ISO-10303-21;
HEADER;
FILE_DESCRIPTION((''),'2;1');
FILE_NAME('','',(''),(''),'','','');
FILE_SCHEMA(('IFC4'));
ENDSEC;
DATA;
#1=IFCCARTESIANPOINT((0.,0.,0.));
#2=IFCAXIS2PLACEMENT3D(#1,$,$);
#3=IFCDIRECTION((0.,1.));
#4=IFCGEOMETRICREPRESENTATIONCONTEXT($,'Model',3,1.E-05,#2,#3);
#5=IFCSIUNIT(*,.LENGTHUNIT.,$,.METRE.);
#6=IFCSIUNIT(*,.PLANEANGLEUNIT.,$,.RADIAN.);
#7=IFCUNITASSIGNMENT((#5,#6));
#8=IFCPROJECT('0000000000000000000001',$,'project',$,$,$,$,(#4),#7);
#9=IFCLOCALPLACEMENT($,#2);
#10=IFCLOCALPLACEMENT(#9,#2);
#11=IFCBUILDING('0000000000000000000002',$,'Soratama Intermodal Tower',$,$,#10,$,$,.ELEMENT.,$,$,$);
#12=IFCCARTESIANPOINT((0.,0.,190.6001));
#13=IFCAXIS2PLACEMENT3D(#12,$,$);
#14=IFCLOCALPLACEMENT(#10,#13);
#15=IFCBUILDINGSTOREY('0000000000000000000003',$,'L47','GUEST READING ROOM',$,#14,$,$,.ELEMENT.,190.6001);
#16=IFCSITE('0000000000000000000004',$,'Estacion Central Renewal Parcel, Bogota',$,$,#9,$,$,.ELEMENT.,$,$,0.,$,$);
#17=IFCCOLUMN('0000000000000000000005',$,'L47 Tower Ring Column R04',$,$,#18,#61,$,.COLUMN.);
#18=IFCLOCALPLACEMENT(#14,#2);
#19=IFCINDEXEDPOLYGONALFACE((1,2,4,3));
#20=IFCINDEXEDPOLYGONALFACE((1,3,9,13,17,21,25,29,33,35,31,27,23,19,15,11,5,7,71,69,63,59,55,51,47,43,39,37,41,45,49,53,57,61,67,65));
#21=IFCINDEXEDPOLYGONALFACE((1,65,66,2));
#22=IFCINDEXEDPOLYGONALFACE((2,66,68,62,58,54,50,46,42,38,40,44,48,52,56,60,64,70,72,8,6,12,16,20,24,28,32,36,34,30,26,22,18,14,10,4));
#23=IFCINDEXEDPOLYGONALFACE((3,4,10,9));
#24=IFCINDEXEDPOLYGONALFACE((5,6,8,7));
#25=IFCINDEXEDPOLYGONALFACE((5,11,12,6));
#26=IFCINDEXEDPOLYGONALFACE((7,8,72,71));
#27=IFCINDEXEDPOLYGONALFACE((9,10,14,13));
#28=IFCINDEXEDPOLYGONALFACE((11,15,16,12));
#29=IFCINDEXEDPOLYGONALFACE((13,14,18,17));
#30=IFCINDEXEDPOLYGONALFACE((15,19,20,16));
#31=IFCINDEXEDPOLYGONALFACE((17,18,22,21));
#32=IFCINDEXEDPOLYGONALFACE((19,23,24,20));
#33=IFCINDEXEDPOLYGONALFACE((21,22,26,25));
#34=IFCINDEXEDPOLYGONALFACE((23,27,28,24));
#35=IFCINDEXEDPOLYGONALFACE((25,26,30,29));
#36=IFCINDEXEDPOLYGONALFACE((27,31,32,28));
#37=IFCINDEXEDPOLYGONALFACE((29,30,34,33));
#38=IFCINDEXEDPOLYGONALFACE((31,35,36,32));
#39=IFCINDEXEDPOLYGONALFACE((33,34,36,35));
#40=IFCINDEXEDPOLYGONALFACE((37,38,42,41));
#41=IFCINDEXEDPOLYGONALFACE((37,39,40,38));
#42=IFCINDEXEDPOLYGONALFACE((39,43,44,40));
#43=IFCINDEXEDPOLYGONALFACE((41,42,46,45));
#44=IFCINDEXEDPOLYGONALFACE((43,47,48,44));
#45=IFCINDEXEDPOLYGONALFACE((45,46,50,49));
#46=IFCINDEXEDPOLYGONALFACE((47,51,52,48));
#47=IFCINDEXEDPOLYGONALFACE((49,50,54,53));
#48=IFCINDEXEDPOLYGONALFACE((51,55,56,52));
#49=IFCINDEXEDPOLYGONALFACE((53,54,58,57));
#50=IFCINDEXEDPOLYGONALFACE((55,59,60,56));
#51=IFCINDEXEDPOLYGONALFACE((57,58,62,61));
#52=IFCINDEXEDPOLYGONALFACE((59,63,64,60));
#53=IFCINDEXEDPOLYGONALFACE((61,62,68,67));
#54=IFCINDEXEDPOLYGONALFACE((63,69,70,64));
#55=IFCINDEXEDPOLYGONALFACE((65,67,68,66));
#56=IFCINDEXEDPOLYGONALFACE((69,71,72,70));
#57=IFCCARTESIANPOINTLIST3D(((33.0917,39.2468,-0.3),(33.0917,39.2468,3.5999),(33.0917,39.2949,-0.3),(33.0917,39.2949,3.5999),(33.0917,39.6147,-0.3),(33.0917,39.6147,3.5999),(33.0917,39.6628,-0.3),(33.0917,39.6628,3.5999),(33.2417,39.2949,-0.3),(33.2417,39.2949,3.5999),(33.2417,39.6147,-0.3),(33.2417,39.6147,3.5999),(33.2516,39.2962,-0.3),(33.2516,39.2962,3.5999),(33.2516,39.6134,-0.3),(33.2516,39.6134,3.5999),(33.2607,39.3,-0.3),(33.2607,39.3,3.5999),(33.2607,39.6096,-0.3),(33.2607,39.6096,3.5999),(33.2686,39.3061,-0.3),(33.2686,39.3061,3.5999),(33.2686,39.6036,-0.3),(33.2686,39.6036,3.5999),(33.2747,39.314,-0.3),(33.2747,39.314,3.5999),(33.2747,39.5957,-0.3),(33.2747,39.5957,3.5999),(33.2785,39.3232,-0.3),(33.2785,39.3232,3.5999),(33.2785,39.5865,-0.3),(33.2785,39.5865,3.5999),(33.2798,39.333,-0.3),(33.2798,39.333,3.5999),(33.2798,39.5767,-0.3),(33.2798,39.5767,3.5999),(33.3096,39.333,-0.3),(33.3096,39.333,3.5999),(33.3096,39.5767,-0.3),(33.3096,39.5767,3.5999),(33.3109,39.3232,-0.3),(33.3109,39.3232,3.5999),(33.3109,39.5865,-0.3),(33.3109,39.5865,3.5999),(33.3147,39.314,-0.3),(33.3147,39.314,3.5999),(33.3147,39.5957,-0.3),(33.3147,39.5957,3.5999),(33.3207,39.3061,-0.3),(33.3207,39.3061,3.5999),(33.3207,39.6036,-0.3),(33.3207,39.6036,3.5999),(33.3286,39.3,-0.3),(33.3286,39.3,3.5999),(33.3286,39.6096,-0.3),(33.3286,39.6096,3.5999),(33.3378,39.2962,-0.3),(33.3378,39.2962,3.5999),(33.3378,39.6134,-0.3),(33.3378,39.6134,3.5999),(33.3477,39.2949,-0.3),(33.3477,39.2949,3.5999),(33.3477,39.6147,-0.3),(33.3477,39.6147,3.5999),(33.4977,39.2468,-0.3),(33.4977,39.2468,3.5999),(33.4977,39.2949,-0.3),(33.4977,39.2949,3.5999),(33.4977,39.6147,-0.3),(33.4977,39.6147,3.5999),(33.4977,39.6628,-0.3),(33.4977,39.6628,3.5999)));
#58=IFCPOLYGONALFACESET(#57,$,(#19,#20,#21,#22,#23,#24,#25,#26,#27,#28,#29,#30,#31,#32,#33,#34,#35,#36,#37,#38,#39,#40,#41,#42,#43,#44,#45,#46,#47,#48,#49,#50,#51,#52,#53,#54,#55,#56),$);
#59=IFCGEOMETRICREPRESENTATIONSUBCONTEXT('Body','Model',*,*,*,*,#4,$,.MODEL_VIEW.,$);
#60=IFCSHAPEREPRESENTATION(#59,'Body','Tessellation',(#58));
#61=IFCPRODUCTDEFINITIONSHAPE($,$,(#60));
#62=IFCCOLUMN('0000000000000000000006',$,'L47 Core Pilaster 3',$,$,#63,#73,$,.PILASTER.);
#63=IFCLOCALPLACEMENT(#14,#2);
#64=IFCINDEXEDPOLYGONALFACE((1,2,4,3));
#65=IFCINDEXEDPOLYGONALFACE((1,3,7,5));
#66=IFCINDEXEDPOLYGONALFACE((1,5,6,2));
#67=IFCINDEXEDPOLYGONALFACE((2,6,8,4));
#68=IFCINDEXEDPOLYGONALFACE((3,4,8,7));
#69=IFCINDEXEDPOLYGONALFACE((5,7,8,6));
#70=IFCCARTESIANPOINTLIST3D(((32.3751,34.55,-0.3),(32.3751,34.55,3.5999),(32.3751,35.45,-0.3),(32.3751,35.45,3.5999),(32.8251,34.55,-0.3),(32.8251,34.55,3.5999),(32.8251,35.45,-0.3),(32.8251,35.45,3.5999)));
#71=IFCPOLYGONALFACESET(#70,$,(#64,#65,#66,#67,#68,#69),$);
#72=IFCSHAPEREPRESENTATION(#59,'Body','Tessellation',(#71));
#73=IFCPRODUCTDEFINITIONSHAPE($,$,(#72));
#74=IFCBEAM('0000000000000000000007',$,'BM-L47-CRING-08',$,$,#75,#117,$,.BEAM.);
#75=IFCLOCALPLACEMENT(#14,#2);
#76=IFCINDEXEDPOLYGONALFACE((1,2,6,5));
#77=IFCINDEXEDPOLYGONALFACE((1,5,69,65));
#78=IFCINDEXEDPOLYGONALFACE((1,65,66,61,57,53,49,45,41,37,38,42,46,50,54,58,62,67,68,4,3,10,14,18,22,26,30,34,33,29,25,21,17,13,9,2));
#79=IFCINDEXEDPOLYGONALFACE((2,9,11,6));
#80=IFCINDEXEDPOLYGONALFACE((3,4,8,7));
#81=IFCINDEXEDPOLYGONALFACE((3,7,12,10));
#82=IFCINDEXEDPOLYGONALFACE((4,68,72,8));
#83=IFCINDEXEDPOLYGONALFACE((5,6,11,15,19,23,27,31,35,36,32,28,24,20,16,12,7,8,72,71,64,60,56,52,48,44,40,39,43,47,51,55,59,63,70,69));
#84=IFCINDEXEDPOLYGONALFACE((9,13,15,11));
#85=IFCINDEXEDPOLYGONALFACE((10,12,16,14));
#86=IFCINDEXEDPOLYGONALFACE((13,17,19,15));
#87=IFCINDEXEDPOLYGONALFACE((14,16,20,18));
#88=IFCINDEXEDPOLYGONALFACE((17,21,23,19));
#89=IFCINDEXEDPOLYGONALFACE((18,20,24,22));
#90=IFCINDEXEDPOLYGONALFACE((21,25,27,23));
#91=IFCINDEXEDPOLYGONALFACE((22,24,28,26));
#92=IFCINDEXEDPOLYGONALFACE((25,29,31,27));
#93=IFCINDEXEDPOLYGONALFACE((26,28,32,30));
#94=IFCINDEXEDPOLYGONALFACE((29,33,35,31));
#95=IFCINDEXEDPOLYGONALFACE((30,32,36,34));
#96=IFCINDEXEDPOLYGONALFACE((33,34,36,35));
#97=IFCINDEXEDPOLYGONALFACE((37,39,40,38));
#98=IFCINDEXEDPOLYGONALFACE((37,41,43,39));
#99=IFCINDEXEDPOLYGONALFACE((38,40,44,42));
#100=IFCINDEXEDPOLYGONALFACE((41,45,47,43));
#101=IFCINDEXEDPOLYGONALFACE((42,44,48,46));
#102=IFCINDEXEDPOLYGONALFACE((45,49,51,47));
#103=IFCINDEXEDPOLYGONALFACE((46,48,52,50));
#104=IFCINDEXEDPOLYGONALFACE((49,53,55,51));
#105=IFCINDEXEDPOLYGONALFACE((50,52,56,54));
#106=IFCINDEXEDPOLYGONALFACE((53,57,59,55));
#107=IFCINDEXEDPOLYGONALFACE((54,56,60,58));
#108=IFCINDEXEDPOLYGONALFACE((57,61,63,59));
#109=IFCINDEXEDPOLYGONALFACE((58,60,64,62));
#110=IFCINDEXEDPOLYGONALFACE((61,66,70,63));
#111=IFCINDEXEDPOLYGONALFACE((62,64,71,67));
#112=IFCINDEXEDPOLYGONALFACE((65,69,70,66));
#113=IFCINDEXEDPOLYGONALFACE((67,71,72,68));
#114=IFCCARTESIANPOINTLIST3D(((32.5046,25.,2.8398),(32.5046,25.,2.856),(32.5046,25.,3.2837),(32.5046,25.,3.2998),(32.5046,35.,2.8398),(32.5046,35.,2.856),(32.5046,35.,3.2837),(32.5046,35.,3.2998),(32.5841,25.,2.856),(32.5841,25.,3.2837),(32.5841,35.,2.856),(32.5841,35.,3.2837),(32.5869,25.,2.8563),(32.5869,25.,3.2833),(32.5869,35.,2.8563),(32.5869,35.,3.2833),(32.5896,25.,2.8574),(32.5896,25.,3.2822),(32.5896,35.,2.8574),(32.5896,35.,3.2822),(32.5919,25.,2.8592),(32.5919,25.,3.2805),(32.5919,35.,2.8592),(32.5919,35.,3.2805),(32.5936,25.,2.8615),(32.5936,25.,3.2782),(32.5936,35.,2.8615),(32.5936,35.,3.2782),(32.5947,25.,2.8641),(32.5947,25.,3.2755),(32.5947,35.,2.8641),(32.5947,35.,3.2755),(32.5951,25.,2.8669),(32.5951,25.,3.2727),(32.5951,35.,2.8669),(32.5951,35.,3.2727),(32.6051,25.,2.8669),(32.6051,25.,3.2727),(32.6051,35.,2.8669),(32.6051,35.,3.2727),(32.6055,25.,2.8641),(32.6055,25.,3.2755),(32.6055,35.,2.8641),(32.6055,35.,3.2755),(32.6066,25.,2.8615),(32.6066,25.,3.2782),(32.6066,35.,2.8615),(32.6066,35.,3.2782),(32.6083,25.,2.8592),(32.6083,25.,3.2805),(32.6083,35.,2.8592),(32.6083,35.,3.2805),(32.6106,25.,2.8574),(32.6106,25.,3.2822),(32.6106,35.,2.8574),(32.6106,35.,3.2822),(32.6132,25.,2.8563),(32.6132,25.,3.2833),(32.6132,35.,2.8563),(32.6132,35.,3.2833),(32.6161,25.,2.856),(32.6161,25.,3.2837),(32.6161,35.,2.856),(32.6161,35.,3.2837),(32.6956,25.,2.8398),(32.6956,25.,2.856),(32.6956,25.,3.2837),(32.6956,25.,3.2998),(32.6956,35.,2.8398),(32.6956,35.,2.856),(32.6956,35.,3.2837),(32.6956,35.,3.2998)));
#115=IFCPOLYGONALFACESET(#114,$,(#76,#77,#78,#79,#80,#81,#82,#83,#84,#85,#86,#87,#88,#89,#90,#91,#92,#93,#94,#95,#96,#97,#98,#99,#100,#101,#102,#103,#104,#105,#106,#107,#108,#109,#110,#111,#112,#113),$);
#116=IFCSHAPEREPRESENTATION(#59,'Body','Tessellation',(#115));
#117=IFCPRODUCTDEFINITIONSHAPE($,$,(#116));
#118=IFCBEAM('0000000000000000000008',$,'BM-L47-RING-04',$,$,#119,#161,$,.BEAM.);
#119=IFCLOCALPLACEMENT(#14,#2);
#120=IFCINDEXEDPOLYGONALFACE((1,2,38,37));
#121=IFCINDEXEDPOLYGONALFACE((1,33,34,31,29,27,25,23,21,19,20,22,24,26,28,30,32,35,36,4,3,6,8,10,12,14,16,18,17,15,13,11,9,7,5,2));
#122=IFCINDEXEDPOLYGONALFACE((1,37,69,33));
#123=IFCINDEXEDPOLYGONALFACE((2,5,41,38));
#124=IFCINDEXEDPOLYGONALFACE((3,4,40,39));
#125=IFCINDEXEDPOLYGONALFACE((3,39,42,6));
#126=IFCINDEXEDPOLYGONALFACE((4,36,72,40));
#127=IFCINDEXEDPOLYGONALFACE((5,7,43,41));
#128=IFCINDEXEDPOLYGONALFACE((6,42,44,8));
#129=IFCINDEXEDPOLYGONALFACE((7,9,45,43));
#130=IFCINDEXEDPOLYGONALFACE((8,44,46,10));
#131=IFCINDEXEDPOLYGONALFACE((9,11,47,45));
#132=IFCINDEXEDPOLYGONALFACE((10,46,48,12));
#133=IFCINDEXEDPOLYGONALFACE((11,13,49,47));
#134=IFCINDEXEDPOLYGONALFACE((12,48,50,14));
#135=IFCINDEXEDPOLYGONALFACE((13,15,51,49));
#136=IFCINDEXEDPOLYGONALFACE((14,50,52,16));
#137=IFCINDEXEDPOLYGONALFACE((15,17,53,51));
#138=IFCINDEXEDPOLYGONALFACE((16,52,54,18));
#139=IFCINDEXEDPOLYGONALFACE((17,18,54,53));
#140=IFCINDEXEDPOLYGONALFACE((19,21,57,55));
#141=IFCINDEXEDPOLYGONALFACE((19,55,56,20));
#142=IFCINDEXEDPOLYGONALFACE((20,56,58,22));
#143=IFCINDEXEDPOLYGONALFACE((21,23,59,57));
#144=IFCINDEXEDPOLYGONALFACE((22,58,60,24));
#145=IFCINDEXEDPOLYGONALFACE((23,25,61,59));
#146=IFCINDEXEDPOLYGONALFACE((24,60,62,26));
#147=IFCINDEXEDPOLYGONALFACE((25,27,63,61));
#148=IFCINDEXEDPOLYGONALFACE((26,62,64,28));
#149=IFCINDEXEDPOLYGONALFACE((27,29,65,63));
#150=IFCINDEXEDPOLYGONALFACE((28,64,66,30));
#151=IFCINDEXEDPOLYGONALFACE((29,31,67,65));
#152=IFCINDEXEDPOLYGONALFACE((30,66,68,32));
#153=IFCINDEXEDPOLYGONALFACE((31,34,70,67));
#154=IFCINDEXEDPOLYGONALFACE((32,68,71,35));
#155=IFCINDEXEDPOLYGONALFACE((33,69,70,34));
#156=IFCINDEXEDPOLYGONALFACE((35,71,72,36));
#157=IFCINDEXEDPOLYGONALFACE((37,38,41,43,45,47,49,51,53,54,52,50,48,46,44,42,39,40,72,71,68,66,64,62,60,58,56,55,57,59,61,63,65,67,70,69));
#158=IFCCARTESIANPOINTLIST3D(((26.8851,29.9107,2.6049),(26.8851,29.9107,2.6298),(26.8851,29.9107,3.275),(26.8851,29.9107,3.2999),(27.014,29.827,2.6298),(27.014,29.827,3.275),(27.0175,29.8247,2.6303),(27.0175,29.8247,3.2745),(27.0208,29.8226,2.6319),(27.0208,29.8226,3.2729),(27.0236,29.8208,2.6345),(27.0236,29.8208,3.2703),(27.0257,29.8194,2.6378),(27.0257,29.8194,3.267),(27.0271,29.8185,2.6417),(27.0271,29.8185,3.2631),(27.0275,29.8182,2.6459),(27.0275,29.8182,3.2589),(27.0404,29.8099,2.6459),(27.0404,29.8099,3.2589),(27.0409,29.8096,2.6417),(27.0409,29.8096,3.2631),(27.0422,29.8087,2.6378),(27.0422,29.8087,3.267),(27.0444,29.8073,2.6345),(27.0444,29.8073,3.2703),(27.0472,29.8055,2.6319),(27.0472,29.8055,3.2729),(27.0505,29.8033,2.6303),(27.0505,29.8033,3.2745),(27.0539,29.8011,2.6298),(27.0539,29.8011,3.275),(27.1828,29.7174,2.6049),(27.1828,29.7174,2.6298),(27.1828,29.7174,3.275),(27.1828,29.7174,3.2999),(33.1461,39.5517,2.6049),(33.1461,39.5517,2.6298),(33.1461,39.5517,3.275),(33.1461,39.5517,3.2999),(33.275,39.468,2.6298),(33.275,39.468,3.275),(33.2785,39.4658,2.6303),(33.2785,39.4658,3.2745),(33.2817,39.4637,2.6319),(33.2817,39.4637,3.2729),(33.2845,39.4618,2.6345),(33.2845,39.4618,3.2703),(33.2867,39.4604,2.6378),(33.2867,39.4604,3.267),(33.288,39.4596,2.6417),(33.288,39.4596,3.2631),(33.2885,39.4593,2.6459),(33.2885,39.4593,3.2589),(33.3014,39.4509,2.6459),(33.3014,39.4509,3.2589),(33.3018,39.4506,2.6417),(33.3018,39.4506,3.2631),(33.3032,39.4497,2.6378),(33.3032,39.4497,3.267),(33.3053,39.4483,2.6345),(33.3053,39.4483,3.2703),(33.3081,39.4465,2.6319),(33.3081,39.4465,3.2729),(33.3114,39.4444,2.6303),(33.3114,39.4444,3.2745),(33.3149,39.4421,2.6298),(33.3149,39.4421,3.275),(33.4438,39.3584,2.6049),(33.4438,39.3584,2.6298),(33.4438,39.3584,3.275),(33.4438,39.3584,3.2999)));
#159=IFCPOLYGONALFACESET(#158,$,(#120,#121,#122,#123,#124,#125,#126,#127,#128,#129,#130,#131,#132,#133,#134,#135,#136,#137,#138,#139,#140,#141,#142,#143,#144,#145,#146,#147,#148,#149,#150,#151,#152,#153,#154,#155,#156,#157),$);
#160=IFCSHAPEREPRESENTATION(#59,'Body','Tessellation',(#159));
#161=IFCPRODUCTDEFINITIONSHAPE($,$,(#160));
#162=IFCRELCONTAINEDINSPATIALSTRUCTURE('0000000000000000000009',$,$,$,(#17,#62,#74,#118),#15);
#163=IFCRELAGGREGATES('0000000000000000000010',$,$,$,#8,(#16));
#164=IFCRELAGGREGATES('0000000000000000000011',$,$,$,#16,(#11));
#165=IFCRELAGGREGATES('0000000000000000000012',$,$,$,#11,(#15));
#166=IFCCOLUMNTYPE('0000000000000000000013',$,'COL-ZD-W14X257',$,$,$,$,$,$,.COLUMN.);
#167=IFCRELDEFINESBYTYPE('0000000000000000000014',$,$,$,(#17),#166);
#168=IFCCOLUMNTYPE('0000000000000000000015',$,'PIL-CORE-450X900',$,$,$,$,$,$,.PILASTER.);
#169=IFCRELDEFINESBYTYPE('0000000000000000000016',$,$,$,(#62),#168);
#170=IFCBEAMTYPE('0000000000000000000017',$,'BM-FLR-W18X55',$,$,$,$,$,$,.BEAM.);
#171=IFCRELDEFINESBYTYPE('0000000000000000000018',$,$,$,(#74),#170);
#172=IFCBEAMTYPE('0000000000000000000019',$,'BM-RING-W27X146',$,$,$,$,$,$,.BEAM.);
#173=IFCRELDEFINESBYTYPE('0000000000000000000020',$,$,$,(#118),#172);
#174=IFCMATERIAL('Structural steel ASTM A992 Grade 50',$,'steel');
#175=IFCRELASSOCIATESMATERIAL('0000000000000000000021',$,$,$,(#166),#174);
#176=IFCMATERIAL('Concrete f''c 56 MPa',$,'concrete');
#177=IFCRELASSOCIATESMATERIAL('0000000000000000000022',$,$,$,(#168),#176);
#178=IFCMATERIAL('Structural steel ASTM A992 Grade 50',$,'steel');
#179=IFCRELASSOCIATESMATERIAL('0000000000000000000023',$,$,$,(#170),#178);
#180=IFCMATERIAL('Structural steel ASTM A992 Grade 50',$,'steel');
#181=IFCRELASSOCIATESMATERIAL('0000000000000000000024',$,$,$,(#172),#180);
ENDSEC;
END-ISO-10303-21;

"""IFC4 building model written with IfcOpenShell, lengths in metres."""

from ifc_helpers import new_model, si_unit, direction, frame, origin, origin_2d, place, context, subcontext, project, spatial, rectangle, i_section, extrude, material, material_profile, profile_set, type_object, element, save


model = new_model("IFC4")

# Units and contexts
model_context = context("Model", 3, precision=1e-05, world=origin(), true_north=direction((0.0, 1.0)))
body_context = subcontext(model_context, "Body", "Model", "MODEL_VIEW")
ifc_project = project(units=[si_unit("LENGTHUNIT", "METRE"), si_unit("PLANEANGLEUNIT", "RADIAN")], contexts=[model_context])

# Site, building, storey
site_placement = place(None, origin())
site = spatial("IfcSite", under=ifc_project, at=site_placement, Name="Estacion Central Renewal Parcel, Bogota", CompositionType="ELEMENT", RefElevation=0.0)
building_placement = place(site_placement, origin())
building = spatial("IfcBuilding", under=site, at=building_placement, Name="Soratama Intermodal Tower", CompositionType="ELEMENT")
storey_placement = place(building_placement, frame((0.0, 0.0, 190.6001)))
storey = spatial("IfcBuildingStorey", under=building, at=storey_placement, Name="L47", Description="GUEST READING ROOM", CompositionType="ELEMENT", Elevation=190.6001)

# Columns
ifc_material_1 = material(Name="Structural steel ASTM A992 Grade 50", Category="steel")
ifc_material_profile_1 = material_profile(ifc_material_1, i_section(OverallWidth=0.406, OverallDepth=0.416, WebThickness=0.0298, FlangeThickness=0.0481, FilletRadius=0.0381, at=origin_2d()), Name="W14X257")
ifc_profile_set_1 = profile_set([ifc_material_profile_1], Name="Structural steel ASTM A992 Grade 50")
column_type_1 = type_object("IfcColumnType", Name="COL-ZD-W14X257", PredefinedType="COLUMN", material=ifc_profile_set_1)
column_1_placement = place(storey_placement, frame((33.2947, 39.4548, -0.3), z_axis=(0.0, 0.0, 1.0), x_axis=(1.0, 0.0, 0.0)))
element("IfcColumn", 1, at=column_1_placement, inside=storey, type_object=column_type_1, Name="L47 Tower Ring Column R04", PredefinedType="COLUMN", context=body_context, shape_type="SweptSolid", body=[
    extrude(i_section(OverallWidth=0.406, OverallDepth=0.416, WebThickness=0.0298, FlangeThickness=0.0481, FilletRadius=0.0381, at=origin_2d()), origin(), (0.0, 0.0, 1.0), 3.8999),
])
ifc_material_2 = material(Name="Concrete f'c 56 MPa", Category="concrete")
ifc_material_profile_2 = material_profile(ifc_material_2, rectangle(XDim=0.45, YDim=0.8999, at=origin_2d()), Name="RC450X900")
ifc_profile_set_2 = profile_set([ifc_material_profile_2], Name="Concrete f'c 56 MPa")
column_type_2 = type_object("IfcColumnType", Name="PIL-CORE-450X900", PredefinedType="PILASTER", material=ifc_profile_set_2)
column_2_placement = place(storey_placement, frame((32.6001, 35.0, -0.3), z_axis=(0.0, 0.0, 1.0), x_axis=(1.0, 0.0, 0.0)))
element("IfcColumn", 2, at=column_2_placement, inside=storey, type_object=column_type_2, Name="L47 Core Pilaster 3", PredefinedType="PILASTER", context=body_context, shape_type="SweptSolid", body=[
    extrude(rectangle(XDim=0.45, YDim=0.8999, at=origin_2d()), origin(), (0.0, 0.0, 1.0), 3.8999),
])

# Beams
ifc_material_3 = material(Name="Structural steel ASTM A992 Grade 50", Category="steel")
ifc_material_profile_3 = material_profile(ifc_material_3, i_section(OverallWidth=0.1909, OverallDepth=0.46, WebThickness=0.01, FlangeThickness=0.0161, FilletRadius=0.011, at=origin_2d()), Name="W18X55")
ifc_profile_set_3 = profile_set([ifc_material_profile_3], Name="Structural steel ASTM A992 Grade 50")
beam_type_1 = type_object("IfcBeamType", Name="BM-FLR-W18X55", PredefinedType="BEAM", material=ifc_profile_set_3)
beam_1_placement = place(storey_placement, frame((32.6001, 35.0, 3.0698), z_axis=(0.0, -1.0, 0.0), x_axis=(1.0, 0.0, 0.0)))
element("IfcBeam", 3, at=beam_1_placement, inside=storey, type_object=beam_type_1, Name="BM-L47-CRING-08", PredefinedType="BEAM", context=body_context, shape_type="SweptSolid", body=[
    extrude(i_section(OverallWidth=0.1909, OverallDepth=0.46, WebThickness=0.01, FlangeThickness=0.0161, FilletRadius=0.011, at=origin_2d()), origin(), (0.0, 0.0, 1.0), 10.0),
])
ifc_material_4 = material(Name="Structural steel ASTM A992 Grade 50", Category="steel")
ifc_material_profile_4 = material_profile(ifc_material_4, i_section(OverallWidth=0.355, OverallDepth=0.6951, WebThickness=0.0154, FlangeThickness=0.0249, FilletRadius=0.0161, at=origin_2d()), Name="W27X146")
ifc_profile_set_4 = profile_set([ifc_material_profile_4], Name="Structural steel ASTM A992 Grade 50")
beam_type_2 = type_object("IfcBeamType", Name="BM-RING-W27X146", PredefinedType="BEAM", material=ifc_profile_set_4)
beam_2_placement = place(storey_placement, frame((33.2949, 39.4551, 2.9524), z_axis=(-0.544637, -0.838672, 0.0), x_axis=(0.838672, -0.544637, 0.0)))
element("IfcBeam", 4, at=beam_2_placement, inside=storey, type_object=beam_type_2, Name="BM-L47-RING-04", PredefinedType="BEAM", context=body_context, shape_type="SweptSolid", body=[
    extrude(i_section(OverallWidth=0.355, OverallDepth=0.6951, WebThickness=0.0154, FlangeThickness=0.0249, FilletRadius=0.0161, at=origin_2d()), origin(), (0.0, 0.0, 1.0), 11.4956),
])

save(model, "model.ifc")
